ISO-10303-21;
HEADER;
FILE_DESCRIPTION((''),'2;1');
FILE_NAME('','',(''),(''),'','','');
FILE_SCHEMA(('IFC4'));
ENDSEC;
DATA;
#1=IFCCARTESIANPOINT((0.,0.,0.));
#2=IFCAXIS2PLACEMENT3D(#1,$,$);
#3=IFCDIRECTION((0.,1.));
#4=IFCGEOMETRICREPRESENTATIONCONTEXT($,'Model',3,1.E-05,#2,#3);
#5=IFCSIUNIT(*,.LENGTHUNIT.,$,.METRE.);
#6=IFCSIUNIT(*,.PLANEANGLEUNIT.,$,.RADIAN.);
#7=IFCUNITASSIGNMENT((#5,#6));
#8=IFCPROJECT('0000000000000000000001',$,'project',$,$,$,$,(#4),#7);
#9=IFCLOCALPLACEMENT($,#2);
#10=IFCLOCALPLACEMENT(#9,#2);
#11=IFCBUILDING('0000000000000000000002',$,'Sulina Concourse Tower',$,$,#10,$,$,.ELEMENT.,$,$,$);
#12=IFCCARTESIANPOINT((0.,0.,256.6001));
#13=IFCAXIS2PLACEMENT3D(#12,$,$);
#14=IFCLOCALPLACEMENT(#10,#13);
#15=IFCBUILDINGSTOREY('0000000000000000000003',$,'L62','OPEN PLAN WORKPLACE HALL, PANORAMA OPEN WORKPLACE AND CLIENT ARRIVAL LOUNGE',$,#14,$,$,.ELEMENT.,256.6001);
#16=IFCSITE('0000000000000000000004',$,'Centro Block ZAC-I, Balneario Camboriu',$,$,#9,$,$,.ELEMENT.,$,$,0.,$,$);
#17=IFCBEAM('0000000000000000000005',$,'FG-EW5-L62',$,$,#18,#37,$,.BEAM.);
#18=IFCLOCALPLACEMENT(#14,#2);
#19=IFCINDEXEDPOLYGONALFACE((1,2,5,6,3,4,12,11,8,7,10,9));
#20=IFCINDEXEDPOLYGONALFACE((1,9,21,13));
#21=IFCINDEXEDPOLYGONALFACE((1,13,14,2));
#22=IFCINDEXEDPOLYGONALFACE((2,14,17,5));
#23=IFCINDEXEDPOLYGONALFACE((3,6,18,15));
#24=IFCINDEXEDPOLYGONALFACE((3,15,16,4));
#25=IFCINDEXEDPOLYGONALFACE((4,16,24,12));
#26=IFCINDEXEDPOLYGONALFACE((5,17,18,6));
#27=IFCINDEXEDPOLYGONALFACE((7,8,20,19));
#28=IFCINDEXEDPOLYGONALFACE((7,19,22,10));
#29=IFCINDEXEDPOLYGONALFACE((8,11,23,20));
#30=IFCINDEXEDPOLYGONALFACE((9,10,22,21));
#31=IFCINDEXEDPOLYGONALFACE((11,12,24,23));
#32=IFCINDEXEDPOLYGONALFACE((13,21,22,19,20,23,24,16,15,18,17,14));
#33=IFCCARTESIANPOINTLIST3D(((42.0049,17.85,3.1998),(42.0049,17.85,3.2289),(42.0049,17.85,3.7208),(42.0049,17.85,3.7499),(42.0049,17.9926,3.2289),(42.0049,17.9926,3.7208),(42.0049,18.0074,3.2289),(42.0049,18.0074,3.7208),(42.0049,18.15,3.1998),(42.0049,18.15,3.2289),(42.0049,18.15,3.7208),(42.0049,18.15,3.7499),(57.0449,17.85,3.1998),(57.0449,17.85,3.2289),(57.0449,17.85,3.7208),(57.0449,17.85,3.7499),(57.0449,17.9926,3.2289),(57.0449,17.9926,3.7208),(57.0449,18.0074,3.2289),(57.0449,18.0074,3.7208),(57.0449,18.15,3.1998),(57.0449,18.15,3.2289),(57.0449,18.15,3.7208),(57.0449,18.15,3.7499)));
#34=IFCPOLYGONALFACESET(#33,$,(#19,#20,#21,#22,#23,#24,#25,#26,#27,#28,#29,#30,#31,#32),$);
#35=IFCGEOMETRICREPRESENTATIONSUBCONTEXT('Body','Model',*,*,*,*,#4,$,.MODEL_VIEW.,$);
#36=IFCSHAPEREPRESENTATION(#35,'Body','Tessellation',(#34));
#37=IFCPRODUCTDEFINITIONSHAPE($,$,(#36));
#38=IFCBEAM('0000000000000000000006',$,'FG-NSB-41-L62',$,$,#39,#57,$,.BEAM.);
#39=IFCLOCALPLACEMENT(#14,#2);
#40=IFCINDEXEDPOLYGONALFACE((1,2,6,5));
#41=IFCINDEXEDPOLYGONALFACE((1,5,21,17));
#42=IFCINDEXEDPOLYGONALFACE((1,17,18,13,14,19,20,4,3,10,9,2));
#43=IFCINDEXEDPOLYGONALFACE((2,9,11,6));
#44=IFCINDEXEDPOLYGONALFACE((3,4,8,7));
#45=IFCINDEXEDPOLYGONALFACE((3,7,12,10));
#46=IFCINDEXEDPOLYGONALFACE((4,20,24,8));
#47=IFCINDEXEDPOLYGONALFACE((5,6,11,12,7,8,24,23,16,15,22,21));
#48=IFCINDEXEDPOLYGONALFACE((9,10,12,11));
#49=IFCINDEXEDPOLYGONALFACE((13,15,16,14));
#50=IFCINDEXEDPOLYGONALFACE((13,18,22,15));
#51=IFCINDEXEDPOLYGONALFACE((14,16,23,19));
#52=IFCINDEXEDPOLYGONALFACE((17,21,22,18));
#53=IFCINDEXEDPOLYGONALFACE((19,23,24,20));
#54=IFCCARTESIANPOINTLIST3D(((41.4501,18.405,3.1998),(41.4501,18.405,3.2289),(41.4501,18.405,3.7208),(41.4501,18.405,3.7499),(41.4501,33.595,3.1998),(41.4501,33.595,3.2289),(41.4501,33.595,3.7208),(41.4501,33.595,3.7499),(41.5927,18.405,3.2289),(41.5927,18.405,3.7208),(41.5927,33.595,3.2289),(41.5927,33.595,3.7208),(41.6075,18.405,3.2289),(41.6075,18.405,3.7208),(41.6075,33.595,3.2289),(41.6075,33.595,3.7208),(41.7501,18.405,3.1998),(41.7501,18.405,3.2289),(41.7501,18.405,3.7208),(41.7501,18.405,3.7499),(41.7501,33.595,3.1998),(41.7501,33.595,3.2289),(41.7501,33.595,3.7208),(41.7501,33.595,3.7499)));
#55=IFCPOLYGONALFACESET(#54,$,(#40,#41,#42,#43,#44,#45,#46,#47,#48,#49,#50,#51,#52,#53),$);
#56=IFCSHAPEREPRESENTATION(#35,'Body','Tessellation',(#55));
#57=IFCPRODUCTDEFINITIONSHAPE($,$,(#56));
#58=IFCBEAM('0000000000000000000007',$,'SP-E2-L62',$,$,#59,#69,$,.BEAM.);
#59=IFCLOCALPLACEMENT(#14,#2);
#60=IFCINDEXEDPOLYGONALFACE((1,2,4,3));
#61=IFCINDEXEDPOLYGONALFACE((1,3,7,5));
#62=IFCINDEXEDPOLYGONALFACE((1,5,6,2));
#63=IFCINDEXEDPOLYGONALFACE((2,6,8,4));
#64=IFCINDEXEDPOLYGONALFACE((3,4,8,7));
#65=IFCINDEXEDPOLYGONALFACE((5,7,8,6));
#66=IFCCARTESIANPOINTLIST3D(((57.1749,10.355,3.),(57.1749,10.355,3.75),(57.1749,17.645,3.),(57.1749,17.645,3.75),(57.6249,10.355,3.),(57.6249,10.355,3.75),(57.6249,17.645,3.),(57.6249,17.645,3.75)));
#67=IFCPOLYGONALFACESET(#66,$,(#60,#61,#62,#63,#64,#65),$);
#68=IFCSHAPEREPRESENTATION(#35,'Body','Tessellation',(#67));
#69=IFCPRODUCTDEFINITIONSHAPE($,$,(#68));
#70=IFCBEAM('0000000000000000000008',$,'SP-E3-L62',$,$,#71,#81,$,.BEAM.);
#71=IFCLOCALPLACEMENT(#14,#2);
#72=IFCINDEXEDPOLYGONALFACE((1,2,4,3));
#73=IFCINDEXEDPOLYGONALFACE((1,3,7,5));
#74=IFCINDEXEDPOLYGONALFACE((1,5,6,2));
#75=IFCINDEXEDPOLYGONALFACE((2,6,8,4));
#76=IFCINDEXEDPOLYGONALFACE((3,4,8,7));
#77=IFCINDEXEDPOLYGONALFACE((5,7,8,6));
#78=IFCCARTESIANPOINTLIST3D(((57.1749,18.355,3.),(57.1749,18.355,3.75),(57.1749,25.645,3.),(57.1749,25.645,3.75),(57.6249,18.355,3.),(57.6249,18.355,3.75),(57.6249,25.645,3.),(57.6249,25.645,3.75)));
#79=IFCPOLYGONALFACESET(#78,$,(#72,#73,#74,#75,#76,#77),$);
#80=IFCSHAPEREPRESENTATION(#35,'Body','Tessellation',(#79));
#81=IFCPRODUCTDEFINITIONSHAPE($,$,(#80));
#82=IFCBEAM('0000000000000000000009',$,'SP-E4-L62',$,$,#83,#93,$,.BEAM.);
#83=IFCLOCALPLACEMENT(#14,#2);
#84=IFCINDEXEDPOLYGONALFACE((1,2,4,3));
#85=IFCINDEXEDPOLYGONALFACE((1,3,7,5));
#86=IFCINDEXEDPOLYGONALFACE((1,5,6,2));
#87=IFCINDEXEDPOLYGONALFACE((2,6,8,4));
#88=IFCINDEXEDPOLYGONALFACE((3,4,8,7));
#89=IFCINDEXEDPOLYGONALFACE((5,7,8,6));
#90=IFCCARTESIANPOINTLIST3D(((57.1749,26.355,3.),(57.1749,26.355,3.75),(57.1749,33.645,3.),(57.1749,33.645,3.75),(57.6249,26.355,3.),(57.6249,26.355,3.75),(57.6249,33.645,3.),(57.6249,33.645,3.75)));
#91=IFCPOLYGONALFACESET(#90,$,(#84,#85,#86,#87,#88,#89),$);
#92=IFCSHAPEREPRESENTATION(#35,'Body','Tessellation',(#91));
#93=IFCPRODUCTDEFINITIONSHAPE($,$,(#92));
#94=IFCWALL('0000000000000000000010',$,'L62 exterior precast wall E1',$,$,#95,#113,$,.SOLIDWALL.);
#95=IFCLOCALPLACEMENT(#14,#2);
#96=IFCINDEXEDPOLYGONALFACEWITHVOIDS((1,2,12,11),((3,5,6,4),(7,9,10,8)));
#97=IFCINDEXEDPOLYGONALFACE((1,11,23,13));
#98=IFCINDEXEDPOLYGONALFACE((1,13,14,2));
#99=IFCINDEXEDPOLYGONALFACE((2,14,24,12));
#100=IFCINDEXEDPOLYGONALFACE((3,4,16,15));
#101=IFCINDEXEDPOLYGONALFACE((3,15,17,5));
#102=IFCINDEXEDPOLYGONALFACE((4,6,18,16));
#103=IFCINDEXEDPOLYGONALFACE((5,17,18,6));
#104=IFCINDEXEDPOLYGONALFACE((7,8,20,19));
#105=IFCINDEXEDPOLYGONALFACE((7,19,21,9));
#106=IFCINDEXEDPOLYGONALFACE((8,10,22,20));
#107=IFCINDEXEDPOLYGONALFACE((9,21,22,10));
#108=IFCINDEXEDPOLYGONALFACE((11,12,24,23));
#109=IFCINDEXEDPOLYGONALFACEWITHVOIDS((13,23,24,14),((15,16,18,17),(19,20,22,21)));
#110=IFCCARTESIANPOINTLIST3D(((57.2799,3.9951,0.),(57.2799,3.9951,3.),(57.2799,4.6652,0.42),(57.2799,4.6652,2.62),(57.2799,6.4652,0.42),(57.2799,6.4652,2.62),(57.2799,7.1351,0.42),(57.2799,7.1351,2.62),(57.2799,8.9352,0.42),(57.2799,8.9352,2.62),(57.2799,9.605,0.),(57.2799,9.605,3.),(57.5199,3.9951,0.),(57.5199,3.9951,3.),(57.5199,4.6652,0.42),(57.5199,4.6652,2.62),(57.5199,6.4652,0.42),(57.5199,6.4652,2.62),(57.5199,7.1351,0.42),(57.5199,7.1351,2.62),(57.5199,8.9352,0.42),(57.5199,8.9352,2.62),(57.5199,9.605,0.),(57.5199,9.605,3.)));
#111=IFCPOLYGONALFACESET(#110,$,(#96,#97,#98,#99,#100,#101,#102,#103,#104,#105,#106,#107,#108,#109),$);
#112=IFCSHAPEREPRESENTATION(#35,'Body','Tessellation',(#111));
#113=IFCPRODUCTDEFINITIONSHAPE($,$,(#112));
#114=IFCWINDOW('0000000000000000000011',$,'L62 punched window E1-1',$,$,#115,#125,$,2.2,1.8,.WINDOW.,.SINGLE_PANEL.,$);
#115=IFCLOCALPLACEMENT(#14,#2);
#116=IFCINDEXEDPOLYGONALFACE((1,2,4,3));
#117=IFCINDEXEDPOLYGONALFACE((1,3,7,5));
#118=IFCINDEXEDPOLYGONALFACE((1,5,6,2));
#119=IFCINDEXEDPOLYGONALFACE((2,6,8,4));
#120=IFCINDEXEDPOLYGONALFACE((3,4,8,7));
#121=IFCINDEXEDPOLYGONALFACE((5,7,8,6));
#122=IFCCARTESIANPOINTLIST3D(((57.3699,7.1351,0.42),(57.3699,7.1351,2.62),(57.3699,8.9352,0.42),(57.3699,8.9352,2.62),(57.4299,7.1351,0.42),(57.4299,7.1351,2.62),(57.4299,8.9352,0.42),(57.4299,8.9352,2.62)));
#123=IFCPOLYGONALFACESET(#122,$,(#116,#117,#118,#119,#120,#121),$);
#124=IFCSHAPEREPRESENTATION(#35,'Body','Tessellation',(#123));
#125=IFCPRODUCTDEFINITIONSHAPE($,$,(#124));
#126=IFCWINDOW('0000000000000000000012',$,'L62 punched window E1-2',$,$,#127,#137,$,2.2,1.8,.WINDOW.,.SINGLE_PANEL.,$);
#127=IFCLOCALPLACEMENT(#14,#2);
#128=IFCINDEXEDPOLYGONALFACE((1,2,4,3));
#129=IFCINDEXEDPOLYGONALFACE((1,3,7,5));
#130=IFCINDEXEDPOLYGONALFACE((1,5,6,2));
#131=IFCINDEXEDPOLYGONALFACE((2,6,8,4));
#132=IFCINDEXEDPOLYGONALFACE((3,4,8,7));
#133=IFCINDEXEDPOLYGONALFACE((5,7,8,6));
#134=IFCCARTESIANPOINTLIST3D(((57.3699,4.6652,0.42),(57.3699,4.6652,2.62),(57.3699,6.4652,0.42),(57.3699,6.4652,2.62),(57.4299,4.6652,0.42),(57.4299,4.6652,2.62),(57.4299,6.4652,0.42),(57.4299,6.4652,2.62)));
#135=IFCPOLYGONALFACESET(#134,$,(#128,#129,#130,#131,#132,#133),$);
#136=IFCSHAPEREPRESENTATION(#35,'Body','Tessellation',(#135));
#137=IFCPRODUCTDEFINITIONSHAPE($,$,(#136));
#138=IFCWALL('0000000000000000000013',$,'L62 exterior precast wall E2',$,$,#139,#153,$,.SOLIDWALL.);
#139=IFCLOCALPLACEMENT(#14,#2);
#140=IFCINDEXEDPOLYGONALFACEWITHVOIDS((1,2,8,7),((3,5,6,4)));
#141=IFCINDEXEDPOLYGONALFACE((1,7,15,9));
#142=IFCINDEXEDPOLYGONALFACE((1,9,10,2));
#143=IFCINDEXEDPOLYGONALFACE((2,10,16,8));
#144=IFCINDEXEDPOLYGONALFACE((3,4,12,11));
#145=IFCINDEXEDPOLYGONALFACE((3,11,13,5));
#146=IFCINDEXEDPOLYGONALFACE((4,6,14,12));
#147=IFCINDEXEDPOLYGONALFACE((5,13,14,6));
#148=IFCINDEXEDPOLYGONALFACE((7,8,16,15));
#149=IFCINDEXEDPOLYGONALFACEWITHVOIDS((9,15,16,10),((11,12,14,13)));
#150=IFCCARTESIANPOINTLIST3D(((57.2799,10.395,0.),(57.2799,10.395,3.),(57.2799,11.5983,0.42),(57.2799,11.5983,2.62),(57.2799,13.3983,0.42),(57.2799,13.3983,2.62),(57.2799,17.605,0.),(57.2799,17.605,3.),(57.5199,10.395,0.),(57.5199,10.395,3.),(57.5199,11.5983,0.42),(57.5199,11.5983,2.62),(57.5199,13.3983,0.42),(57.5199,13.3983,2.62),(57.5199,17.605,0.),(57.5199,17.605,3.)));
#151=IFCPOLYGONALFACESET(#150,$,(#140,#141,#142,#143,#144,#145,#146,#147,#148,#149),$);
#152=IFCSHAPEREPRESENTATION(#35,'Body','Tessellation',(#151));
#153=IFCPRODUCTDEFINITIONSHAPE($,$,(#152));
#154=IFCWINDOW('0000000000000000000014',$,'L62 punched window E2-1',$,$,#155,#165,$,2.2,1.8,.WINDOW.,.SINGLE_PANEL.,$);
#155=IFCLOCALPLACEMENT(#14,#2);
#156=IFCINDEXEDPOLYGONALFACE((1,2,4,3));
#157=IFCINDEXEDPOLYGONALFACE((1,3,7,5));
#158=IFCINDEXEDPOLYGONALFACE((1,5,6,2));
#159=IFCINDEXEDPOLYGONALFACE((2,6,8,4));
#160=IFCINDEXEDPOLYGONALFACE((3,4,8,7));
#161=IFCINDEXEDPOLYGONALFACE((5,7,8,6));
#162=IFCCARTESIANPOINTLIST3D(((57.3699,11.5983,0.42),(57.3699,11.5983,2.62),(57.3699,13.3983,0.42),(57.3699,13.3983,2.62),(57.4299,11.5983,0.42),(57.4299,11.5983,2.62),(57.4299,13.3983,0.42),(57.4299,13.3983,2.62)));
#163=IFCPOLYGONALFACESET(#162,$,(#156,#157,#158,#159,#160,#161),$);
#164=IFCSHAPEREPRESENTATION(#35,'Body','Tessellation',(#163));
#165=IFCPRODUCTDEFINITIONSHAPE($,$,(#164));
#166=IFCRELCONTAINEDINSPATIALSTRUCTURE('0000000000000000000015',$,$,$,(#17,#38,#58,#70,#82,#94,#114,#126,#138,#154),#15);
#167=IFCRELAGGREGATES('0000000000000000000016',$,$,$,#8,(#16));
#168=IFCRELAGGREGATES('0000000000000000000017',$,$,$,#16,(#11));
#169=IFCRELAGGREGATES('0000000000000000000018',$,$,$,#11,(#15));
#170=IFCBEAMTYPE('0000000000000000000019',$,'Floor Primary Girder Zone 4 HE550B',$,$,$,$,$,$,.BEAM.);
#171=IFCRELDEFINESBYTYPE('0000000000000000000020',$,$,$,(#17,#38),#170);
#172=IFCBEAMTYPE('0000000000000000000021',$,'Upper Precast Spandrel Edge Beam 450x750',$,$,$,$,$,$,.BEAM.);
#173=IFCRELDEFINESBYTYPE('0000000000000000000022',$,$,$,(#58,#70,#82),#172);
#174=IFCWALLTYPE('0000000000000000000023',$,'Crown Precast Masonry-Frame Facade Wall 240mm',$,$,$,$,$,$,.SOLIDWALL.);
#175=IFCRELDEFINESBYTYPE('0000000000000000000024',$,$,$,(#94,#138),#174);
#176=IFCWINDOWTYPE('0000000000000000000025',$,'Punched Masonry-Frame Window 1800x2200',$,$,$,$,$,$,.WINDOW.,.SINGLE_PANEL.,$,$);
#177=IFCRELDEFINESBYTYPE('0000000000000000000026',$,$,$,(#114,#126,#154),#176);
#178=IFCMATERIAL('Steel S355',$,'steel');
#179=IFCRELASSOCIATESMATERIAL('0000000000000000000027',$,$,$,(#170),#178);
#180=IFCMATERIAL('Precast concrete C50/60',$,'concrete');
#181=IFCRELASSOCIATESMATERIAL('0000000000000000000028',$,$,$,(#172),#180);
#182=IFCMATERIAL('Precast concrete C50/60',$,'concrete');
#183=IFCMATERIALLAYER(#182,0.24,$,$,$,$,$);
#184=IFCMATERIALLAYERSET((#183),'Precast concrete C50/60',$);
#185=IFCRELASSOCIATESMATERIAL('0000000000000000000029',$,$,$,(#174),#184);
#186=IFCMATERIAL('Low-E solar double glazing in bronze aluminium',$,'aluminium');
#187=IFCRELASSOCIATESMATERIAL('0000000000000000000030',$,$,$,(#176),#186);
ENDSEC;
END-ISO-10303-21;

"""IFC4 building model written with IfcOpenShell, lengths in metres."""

from ifc_helpers import new_model, si_unit, direction, frame, frame_2d, origin, origin_2d, place, context, subcontext, project, spatial, rectangle, i_section, extrude, material, layer, layer_set, material_profile, profile_set, type_object, element, fill, save


model = new_model("IFC4")

# Units and contexts
model_context = context("Model", 3, precision=1e-05, world=origin(), true_north=direction((0.0, 1.0)))
body_context = subcontext(model_context, "Body", "Model", "MODEL_VIEW")
ifc_project = project(units=[si_unit("LENGTHUNIT", "METRE"), si_unit("PLANEANGLEUNIT", "RADIAN")], contexts=[model_context])

# Site, building, storey
site_placement = place(None, origin())
site = spatial("IfcSite", under=ifc_project, at=site_placement, Name="Centro Block ZAC-I, Balneario Camboriu", CompositionType="ELEMENT", RefElevation=0.0)
building_placement = place(site_placement, origin())
building = spatial("IfcBuilding", under=site, at=building_placement, Name="Sulina Concourse Tower", CompositionType="ELEMENT")
storey_placement = place(building_placement, frame((0.0, 0.0, 256.6001)))
storey = spatial("IfcBuildingStorey", under=building, at=storey_placement, Name="L62", Description="OPEN PLAN WORKPLACE HALL, PANORAMA OPEN WORKPLACE AND CLIENT ARRIVAL LOUNGE", CompositionType="ELEMENT", Elevation=256.6001)

# Beams
ifc_material_1 = material(Name="Steel S355", Category="steel")
ifc_material_profile_1 = material_profile(ifc_material_1, i_section(OverallWidth=0.3, OverallDepth=0.55, WebThickness=0.0149, FlangeThickness=0.0291, at=origin_2d()), Name="HE 550 B")
ifc_profile_set_1 = profile_set([ifc_material_profile_1], Name="Steel S355")
beam_type_1 = type_object("IfcBeamType", Name="Floor Primary Girder Zone 4 HE550B", PredefinedType="BEAM", material=ifc_profile_set_1)
beam_1_placement = place(storey_placement, frame((42.0049, 18.0, 3.4749), z_axis=(1.0, 0.0, 0.0), x_axis=(0.0, 1.0, 0.0)))
element("IfcBeam", 1, at=beam_1_placement, inside=storey, type_object=beam_type_1, Name="FG-EW5-L62", PredefinedType="BEAM", context=body_context, shape_type="SweptSolid", body=[
    extrude(i_section(OverallWidth=0.3, OverallDepth=0.55, WebThickness=0.0149, FlangeThickness=0.0291, at=origin_2d()), origin(), (0.0, 0.0, 1.0), 15.04),
])
beam_2_placement = place(storey_placement, frame((41.6001, 18.405, 3.4749), z_axis=(0.0, 1.0, 0.0), x_axis=(-1.0, 0.0, 0.0)))
element("IfcBeam", 2, at=beam_2_placement, inside=storey, type_object=beam_type_1, Name="FG-NSB-41-L62", PredefinedType="BEAM", context=body_context, shape_type="SweptSolid", body=[
    extrude(i_section(OverallWidth=0.3, OverallDepth=0.55, WebThickness=0.0149, FlangeThickness=0.0291, at=origin_2d()), origin(), (0.0, 0.0, 1.0), 15.1899),
])
ifc_material_2 = material(Name="Precast concrete C50/60", Category="concrete")
ifc_material_profile_2 = material_profile(ifc_material_2, rectangle(XDim=0.45, YDim=0.75, at=origin_2d()), Name="RC 450x750")
ifc_profile_set_2 = profile_set([ifc_material_profile_2], Name="Precast concrete C50/60")
beam_type_2 = type_object("IfcBeamType", Name="Upper Precast Spandrel Edge Beam 450x750", PredefinedType="BEAM", material=ifc_profile_set_2)
for number, where, z_axis, x_axis, name in (
    (3, (57.3999, 10.355, 3.375), (0.0, 1.0, 0.0), (-1.0, 0.0, 0.0), "SP-E2-L62"),
    (4, (57.3999, 18.355, 3.375), (0.0, 1.0, 0.0), (-1.0, 0.0, 0.0), "SP-E3-L62"),
    (5, (57.3999, 26.355, 3.375), (0.0, 1.0, 0.0), (-1.0, 0.0, 0.0), "SP-E4-L62"),
):
    element("IfcBeam", number, at=place(storey_placement, frame(where, z_axis=z_axis, x_axis=x_axis)), inside=storey, type_object=beam_type_2, Name=name, PredefinedType="BEAM", context=body_context, shape_type="SweptSolid", body=[
        extrude(rectangle(XDim=0.45, YDim=0.75, at=origin_2d()), origin(), (0.0, 0.0, 1.0), 7.29),
    ])

# Wall, openings, windows
ifc_material_3 = material(Name="Precast concrete C50/60", Category="concrete")
ifc_layer_1 = layer(ifc_material_3, 0.24)
ifc_layer_set_1 = layer_set([ifc_layer_1], Name="Precast concrete C50/60")
wall_type_1 = type_object("IfcWallType", Name="Crown Precast Masonry-Frame Facade Wall 240mm", PredefinedType="SOLIDWALL", material=ifc_layer_set_1)
wall_1_placement = place(storey_placement, frame((57.3999, 9.605, 0.0), z_axis=(0.0, 0.0, 1.0), x_axis=(0.0, -1.0, 0.0)))
wall_1 = element("IfcWall", 6, at=wall_1_placement, inside=storey, type_object=wall_type_1, Name="L62 exterior precast wall E1", PredefinedType="SOLIDWALL", context=body_context, shape_type="SweptSolid", body=[
    extrude(rectangle(XDim=5.6099, YDim=0.24, at=frame_2d((2.8049, 0.0))), origin(), (0.0, 0.0, 1.0), 3.0),
])
opening_1_placement = place(wall_1_placement, frame((0.6699, 0.0, 0.4199)))
opening_1 = element("IfcOpeningElement", 7, at=opening_1_placement, cuts=wall_1, PredefinedType="OPENING", context=body_context, shape_type="SweptSolid", body=[
    extrude(rectangle(XDim=1.8, YDim=2.2, at=frame_2d((0.8999, 1.1001))), frame((0.0, 0.1299, 0.0), z_axis=(0.0, -1.0, 0.0), x_axis=(1.0, 0.0, 0.0)), (0.0, 0.0, 1.0), 0.26),
])
opening_2_placement = place(wall_1_placement, frame((3.1399, 0.0, 0.4199)))
opening_2 = element("IfcOpeningElement", 8, at=opening_2_placement, cuts=wall_1, PredefinedType="OPENING", context=body_context, shape_type="SweptSolid", body=[
    extrude(rectangle(XDim=1.8, YDim=2.2, at=frame_2d((0.8999, 1.1001))), frame((0.0, 0.1299, 0.0), z_axis=(0.0, -1.0, 0.0), x_axis=(1.0, 0.0, 0.0)), (0.0, 0.0, 1.0), 0.26),
])
ifc_material_4 = material(Name="Low-E solar double glazing in bronze aluminium", Category="aluminium")
window_type = type_object("IfcWindowType", Name="Punched Masonry-Frame Window 1800x2200", PartitioningType="SINGLE_PANEL", PredefinedType="WINDOW", material=ifc_material_4)
window_1_placement = place(opening_1_placement, origin())
window_1 = element("IfcWindow", 9, at=window_1_placement, inside=storey, type_object=window_type, Name="L62 punched window E1-1", OverallHeight=2.2, OverallWidth=1.8, PartitioningType="SINGLE_PANEL", PredefinedType="WINDOW", context=body_context, shape_type="SweptSolid", body=[
    extrude(rectangle(XDim=1.8, YDim=2.2, at=frame_2d((0.8999, 1.1001))), frame((0.0, 0.03, 0.0), z_axis=(0.0, -1.0, 0.0), x_axis=(1.0, 0.0, 0.0)), (0.0, 0.0, 1.0), 0.0601),
])
fill(opening_1, window_1)
window_2_placement = place(opening_2_placement, origin())
window_2 = element("IfcWindow", 10, at=window_2_placement, inside=storey, type_object=window_type, Name="L62 punched window E1-2", OverallHeight=2.2, OverallWidth=1.8, PartitioningType="SINGLE_PANEL", PredefinedType="WINDOW", context=body_context, shape_type="SweptSolid", body=[
    extrude(rectangle(XDim=1.8, YDim=2.2, at=frame_2d((0.8999, 1.1001))), frame((0.0, 0.03, 0.0), z_axis=(0.0, -1.0, 0.0), x_axis=(1.0, 0.0, 0.0)), (0.0, 0.0, 1.0), 0.0601),
])
fill(opening_2, window_2)

# Wall, opening, window
wall_2_placement = place(storey_placement, frame((57.3999, 17.605, 0.0), z_axis=(0.0, 0.0, 1.0), x_axis=(0.0, -1.0, 0.0)))
wall_2 = element("IfcWall", 11, at=wall_2_placement, inside=storey, type_object=wall_type_1, Name="L62 exterior precast wall E2", PredefinedType="SOLIDWALL", context=body_context, shape_type="SweptSolid", body=[
    extrude(rectangle(XDim=7.21, YDim=0.24, at=frame_2d((3.605, 0.0))), origin(), (0.0, 0.0, 1.0), 3.0),
])
opening_3_placement = place(wall_2_placement, frame((4.2068, 0.0, 0.4199)))
opening_3 = element("IfcOpeningElement", 12, at=opening_3_placement, cuts=wall_2, PredefinedType="OPENING", context=body_context, shape_type="SweptSolid", body=[
    extrude(rectangle(XDim=1.8, YDim=2.2, at=frame_2d((0.8999, 1.1001))), frame((0.0, 0.1299, 0.0), z_axis=(0.0, -1.0, 0.0), x_axis=(1.0, 0.0, 0.0)), (0.0, 0.0, 1.0), 0.26),
])
window_3_placement = place(opening_3_placement, origin())
window_3 = element("IfcWindow", 13, at=window_3_placement, inside=storey, type_object=window_type, Name="L62 punched window E2-1", OverallHeight=2.2, OverallWidth=1.8, PartitioningType="SINGLE_PANEL", PredefinedType="WINDOW", context=body_context, shape_type="SweptSolid", body=[
    extrude(rectangle(XDim=1.8, YDim=2.2, at=frame_2d((0.8999, 1.1001))), frame((0.0, 0.03, 0.0), z_axis=(0.0, -1.0, 0.0), x_axis=(1.0, 0.0, 0.0)), (0.0, 0.0, 1.0), 0.0601),
])
fill(opening_3, window_3)

save(model, "model.ifc")
